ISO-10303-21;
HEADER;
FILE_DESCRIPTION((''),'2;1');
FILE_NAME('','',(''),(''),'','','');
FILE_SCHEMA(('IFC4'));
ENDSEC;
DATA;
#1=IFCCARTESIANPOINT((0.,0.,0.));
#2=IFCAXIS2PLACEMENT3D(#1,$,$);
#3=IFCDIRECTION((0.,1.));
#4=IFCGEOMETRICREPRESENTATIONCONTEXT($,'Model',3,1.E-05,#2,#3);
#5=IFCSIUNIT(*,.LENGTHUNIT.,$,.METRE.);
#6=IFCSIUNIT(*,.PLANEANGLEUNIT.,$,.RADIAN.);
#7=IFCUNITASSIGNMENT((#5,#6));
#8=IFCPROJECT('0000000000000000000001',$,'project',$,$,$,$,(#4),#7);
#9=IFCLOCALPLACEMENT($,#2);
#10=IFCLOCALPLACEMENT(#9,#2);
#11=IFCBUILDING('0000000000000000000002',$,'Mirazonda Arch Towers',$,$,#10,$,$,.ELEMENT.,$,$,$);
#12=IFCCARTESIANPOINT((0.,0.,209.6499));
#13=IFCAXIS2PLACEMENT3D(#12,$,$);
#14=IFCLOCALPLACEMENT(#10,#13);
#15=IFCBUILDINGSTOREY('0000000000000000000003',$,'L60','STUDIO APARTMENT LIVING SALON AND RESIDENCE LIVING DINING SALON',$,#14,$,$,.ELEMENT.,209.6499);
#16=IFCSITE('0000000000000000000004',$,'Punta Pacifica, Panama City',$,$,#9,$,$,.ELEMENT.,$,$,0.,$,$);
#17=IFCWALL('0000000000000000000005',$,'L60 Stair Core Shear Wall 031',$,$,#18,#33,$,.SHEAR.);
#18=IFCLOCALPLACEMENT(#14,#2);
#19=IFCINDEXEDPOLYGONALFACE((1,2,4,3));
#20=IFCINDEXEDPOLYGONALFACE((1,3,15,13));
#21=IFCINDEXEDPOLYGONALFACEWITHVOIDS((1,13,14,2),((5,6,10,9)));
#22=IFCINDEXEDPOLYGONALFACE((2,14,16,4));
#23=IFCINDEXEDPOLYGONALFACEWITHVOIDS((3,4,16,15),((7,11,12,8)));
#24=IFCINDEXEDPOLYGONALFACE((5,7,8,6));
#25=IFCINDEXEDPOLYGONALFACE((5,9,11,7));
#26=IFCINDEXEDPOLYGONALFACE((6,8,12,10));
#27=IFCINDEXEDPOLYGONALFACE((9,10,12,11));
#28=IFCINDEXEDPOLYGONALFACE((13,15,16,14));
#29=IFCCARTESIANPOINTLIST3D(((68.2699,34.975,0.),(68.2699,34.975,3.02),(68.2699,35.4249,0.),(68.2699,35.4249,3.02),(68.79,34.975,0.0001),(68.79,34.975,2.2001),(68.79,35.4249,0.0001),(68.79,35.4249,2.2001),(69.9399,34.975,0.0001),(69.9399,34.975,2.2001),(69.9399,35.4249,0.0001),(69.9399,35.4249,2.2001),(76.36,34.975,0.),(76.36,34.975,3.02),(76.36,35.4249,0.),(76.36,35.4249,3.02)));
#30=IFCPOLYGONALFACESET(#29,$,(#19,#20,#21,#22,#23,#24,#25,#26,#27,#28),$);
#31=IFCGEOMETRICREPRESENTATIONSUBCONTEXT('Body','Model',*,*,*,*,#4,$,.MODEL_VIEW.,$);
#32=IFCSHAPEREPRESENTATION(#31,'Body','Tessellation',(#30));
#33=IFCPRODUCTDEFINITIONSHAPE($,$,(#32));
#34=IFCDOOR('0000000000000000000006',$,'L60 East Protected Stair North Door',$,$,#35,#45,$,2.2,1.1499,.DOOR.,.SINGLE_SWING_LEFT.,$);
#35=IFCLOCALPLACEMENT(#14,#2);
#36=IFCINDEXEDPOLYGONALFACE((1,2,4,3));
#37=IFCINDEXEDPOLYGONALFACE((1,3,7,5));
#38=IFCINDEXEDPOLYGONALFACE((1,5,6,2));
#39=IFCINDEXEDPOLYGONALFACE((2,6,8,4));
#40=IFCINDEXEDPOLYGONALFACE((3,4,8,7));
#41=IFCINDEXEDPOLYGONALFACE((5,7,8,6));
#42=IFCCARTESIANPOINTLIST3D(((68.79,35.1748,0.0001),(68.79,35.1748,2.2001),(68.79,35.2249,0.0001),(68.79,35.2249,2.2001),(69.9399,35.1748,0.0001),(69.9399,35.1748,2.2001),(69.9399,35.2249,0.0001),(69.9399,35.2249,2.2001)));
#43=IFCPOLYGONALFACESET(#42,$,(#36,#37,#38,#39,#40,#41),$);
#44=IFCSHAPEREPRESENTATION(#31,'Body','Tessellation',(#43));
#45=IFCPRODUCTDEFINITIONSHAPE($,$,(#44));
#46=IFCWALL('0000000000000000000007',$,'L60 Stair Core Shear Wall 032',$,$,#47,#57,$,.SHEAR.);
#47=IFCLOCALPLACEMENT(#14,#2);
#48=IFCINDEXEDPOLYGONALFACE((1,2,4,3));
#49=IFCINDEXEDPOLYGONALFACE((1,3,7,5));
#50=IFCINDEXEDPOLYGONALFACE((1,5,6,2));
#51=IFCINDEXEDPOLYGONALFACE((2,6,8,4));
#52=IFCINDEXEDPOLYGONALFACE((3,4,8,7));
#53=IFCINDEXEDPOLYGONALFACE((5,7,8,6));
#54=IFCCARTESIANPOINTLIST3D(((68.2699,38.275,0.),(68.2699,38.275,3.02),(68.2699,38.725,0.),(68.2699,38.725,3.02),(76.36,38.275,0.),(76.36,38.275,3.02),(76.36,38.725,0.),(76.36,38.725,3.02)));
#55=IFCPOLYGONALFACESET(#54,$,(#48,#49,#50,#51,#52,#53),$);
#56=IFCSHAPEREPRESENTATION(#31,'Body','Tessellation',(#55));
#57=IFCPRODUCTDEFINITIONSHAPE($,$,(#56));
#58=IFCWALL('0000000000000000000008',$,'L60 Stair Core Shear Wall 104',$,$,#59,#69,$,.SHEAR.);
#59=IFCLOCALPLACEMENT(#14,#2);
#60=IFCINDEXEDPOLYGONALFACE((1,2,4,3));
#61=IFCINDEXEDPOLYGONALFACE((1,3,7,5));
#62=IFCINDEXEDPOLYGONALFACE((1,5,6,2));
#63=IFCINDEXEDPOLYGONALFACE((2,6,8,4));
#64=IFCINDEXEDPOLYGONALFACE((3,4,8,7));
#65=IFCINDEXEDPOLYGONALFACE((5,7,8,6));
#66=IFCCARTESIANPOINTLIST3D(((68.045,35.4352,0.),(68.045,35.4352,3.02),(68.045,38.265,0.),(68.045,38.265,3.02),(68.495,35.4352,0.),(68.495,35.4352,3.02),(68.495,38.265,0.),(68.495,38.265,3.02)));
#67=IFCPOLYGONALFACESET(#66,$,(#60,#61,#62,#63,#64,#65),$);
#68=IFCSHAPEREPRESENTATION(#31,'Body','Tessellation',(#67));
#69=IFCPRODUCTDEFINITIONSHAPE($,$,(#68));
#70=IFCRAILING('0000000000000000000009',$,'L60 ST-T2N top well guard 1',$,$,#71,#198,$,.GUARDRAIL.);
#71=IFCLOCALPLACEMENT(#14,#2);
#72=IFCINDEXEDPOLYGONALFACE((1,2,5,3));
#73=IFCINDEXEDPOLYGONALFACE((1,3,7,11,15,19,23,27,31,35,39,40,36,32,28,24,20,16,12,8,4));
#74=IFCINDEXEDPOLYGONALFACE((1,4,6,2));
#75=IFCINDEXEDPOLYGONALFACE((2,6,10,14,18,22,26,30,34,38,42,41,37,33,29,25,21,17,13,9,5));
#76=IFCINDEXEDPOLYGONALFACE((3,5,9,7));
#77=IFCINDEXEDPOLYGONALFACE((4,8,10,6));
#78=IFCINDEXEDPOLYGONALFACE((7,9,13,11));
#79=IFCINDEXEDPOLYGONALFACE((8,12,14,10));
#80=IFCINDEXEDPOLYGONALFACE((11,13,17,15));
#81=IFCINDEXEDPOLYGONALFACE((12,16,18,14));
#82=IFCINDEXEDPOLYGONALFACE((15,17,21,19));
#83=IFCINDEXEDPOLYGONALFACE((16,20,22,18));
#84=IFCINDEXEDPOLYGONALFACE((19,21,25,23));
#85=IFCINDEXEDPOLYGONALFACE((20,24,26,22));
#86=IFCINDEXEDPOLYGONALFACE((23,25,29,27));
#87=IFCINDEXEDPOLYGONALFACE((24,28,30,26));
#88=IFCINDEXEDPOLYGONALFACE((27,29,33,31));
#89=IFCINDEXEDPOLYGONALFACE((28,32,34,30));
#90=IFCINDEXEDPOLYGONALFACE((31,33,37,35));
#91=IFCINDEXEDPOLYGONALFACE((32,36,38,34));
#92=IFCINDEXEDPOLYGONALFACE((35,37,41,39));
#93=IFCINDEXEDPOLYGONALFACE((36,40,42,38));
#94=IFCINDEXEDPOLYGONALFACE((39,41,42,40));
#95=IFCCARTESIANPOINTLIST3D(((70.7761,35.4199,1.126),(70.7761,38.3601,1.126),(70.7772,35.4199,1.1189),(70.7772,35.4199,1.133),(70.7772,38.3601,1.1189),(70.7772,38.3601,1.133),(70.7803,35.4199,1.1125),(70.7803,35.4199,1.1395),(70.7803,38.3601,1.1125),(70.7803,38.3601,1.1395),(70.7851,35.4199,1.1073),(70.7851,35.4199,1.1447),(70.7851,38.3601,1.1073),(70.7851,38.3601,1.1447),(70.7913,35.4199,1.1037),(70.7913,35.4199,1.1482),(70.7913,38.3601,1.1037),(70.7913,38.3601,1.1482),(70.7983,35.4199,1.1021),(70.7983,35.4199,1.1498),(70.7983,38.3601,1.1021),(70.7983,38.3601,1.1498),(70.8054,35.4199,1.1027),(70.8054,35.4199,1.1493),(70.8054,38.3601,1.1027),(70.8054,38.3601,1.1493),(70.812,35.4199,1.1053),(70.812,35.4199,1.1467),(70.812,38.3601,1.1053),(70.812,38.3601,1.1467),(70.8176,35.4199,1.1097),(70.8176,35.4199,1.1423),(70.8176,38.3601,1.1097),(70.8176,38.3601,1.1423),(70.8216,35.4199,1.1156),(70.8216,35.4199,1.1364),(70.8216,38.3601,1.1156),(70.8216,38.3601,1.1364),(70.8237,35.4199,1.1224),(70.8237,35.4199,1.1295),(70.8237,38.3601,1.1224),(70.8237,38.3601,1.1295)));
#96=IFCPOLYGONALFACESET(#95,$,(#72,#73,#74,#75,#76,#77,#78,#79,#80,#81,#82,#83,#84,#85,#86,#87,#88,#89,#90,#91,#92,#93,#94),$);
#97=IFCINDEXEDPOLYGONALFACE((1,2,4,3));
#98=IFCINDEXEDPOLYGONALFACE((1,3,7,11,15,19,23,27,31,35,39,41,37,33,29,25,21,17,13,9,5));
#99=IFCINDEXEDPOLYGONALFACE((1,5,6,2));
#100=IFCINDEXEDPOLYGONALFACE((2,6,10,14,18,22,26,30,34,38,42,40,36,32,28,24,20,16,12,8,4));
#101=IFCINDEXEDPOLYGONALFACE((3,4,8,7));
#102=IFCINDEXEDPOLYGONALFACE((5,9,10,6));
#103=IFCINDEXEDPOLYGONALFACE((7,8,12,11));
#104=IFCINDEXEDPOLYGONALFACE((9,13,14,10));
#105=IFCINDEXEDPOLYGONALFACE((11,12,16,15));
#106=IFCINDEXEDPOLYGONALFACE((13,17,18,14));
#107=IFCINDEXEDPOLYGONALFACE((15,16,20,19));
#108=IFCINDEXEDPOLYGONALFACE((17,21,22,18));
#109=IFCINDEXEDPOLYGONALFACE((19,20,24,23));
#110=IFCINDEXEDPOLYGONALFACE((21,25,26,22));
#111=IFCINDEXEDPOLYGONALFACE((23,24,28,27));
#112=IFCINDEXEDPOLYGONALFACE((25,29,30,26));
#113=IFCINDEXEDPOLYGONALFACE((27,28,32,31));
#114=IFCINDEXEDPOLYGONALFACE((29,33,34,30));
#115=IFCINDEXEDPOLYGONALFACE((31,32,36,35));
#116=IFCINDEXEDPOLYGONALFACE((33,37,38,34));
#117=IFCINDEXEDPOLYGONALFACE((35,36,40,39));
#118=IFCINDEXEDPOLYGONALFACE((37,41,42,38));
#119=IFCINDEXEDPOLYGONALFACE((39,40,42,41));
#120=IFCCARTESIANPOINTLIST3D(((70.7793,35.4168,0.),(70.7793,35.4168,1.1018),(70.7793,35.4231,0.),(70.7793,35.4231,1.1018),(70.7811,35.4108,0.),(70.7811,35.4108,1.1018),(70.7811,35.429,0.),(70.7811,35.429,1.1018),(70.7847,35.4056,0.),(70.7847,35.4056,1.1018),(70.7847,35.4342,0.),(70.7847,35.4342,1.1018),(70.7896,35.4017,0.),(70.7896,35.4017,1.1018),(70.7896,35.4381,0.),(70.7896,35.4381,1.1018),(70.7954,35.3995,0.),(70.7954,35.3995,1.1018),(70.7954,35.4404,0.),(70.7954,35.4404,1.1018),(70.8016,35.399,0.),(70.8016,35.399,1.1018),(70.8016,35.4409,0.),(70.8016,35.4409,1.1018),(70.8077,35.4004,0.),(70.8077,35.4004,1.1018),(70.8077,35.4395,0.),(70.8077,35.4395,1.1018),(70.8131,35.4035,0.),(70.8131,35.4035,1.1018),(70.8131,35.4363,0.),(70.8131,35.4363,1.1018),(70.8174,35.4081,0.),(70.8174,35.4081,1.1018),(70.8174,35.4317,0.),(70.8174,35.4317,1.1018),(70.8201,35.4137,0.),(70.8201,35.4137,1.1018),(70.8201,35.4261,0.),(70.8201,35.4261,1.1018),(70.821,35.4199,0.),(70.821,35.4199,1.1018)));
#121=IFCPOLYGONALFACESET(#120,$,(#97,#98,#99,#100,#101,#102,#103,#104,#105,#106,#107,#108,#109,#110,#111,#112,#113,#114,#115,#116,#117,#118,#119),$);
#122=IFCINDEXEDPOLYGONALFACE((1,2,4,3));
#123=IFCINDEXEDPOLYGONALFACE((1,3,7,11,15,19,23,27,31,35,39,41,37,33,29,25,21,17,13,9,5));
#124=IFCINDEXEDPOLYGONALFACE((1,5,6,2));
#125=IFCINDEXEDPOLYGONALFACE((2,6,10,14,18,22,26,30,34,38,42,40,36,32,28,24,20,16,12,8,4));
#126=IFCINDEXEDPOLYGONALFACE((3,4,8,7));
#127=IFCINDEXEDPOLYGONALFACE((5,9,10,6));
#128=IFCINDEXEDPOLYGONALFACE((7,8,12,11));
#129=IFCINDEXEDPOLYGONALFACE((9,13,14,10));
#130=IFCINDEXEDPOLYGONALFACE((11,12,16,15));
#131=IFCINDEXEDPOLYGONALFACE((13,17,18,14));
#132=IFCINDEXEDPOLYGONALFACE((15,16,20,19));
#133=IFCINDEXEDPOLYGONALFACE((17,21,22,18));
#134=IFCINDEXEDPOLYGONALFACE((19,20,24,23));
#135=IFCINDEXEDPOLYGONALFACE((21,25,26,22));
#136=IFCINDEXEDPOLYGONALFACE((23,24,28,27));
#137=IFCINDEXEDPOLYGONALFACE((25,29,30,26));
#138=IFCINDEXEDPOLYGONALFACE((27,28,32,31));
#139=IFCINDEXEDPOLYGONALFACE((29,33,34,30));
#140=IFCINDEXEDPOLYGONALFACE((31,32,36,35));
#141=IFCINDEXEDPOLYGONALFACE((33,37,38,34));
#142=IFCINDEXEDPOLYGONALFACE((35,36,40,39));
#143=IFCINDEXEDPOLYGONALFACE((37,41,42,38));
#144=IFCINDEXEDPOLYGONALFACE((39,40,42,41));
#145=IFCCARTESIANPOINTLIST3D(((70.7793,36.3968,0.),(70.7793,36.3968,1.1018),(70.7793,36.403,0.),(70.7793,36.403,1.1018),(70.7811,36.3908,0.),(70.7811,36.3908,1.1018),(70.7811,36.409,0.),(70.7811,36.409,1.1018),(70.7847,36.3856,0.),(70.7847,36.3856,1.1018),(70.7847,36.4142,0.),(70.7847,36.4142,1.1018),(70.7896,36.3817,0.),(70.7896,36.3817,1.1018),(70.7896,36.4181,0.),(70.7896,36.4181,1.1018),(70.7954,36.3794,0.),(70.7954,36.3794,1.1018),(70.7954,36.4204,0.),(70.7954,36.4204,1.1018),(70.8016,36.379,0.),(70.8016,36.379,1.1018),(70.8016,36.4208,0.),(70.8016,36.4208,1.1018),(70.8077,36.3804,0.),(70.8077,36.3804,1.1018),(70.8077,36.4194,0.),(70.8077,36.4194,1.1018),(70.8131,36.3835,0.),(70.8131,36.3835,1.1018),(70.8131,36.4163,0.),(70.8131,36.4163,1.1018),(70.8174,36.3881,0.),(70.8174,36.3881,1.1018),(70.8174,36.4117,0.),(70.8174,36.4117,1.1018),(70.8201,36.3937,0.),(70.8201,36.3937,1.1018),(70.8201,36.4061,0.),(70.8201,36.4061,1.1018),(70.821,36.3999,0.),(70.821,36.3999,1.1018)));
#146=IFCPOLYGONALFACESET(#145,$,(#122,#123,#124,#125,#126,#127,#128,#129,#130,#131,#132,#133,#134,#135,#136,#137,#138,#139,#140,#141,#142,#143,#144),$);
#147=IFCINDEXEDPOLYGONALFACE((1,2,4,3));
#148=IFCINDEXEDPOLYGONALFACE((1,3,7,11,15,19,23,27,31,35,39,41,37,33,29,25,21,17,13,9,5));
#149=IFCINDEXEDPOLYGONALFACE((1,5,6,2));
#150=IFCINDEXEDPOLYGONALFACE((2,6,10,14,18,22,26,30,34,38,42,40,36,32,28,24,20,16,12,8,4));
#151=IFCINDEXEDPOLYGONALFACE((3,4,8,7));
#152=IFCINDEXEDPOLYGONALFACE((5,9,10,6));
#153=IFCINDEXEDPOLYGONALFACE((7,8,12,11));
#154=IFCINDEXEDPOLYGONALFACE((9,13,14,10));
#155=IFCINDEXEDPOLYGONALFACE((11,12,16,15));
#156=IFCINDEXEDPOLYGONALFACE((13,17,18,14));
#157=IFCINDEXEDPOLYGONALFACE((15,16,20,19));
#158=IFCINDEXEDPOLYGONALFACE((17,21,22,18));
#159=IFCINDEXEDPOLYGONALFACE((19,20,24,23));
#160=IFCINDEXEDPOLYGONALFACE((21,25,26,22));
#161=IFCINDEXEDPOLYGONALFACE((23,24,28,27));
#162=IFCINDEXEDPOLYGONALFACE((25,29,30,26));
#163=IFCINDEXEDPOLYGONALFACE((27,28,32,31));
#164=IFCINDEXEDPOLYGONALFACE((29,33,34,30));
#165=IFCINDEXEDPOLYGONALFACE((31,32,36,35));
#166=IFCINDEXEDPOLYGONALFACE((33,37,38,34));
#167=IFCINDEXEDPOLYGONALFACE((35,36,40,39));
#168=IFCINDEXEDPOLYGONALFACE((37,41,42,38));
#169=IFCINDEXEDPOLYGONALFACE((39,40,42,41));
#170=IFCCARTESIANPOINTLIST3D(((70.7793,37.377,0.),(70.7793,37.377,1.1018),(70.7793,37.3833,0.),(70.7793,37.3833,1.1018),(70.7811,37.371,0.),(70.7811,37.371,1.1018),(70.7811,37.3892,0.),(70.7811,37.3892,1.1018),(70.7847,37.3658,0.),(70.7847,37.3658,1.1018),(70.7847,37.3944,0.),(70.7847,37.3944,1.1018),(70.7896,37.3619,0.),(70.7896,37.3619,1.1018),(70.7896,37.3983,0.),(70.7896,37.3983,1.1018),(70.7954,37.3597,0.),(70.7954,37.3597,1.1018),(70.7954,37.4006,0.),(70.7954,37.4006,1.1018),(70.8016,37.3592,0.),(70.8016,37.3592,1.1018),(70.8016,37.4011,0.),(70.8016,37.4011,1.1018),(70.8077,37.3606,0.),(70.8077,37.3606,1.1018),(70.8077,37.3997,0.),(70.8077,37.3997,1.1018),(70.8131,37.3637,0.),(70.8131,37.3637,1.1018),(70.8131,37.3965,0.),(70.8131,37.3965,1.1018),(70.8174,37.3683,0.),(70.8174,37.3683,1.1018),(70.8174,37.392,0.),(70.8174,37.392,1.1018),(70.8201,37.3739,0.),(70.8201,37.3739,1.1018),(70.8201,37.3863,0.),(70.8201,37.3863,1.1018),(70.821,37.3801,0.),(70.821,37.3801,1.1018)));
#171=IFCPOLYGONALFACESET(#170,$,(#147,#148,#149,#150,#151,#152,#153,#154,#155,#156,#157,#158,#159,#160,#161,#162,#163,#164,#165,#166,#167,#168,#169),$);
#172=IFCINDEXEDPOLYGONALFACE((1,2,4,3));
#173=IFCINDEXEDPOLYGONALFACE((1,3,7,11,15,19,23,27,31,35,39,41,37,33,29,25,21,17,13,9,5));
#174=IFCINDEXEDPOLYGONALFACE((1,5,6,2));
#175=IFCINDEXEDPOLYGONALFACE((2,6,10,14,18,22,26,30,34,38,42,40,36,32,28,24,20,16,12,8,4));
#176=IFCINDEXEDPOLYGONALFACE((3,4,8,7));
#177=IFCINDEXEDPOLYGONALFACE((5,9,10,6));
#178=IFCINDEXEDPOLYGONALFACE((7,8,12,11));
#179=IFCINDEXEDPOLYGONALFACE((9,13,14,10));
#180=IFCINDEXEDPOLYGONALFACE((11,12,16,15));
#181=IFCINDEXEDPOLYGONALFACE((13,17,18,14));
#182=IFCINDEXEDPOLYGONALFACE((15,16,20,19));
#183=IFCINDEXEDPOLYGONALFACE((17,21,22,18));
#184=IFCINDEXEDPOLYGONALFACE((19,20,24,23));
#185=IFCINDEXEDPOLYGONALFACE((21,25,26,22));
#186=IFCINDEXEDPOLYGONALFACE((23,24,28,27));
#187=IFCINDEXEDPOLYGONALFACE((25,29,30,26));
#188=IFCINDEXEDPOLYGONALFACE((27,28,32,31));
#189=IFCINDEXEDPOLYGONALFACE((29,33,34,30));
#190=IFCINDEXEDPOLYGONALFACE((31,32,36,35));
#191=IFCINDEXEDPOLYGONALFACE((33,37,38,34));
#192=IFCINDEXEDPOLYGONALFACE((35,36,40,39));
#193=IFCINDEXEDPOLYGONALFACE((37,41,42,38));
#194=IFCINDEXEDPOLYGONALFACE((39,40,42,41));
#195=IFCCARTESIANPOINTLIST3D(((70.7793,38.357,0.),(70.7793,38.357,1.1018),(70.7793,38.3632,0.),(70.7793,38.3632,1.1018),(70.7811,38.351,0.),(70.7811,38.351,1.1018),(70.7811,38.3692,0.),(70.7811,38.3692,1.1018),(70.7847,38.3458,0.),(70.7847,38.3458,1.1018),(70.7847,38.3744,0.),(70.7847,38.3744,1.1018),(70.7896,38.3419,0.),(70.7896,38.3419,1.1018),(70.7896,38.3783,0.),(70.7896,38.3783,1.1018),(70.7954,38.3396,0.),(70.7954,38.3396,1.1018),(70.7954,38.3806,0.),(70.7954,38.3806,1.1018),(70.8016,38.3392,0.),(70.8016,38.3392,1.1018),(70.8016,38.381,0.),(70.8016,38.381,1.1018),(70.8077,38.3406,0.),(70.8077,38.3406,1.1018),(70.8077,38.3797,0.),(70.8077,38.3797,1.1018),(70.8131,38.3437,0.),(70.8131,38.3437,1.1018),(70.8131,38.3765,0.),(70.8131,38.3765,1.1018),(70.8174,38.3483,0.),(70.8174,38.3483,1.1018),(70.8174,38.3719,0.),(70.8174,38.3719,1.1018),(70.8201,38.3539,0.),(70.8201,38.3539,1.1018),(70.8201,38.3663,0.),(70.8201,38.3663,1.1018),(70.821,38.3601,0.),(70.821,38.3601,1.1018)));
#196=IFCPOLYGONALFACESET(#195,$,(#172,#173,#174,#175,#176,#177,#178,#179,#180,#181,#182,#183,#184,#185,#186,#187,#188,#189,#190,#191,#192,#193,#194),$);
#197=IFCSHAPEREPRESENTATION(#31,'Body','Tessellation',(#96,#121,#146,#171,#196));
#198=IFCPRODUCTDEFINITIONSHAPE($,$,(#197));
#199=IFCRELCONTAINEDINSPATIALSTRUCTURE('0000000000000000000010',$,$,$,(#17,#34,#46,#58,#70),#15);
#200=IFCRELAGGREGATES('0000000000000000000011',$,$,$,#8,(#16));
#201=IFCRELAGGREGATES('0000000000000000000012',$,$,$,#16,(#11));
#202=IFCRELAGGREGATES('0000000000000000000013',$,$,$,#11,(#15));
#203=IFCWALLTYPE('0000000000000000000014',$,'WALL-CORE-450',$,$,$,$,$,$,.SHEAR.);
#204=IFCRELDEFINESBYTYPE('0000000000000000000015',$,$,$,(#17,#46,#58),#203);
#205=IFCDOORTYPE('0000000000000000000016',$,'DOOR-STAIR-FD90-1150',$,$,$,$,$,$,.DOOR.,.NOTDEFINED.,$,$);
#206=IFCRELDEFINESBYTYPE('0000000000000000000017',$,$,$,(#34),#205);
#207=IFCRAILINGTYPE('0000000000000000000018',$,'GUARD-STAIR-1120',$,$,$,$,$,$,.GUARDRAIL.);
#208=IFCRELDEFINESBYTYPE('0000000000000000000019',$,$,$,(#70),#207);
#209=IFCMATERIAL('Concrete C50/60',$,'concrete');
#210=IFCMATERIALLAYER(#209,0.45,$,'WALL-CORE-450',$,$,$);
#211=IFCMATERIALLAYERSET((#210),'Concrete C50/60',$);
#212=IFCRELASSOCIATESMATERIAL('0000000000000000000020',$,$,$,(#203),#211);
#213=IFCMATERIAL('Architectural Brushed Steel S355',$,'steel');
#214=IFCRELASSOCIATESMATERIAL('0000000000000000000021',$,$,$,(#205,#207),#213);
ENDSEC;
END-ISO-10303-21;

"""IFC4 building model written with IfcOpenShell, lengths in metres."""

from ifc_helpers import new_model, si_unit, direction, frame, frame_2d, origin, origin_2d, place, context, subcontext, project, spatial, rectangle, circle, extrude, material, layer, layer_set, type_object, element, fill, save


model = new_model("IFC4")

# Units and contexts
model_context = context("Model", 3, precision=1e-05, world=origin(), true_north=direction((0.0, 1.0)))
body_context = subcontext(model_context, "Body", "Model", "MODEL_VIEW")
ifc_project = project(units=[si_unit("LENGTHUNIT", "METRE"), si_unit("PLANEANGLEUNIT", "RADIAN")], contexts=[model_context])

# Site, building, storey
site_placement = place(None, origin())
site = spatial("IfcSite", under=ifc_project, at=site_placement, Name="Punta Pacifica, Panama City", CompositionType="ELEMENT", RefElevation=0.0)
building_placement = place(site_placement, origin())
building = spatial("IfcBuilding", under=site, at=building_placement, Name="Mirazonda Arch Towers", CompositionType="ELEMENT")
storey_placement = place(building_placement, frame((0.0, 0.0, 209.6499)))
storey = spatial("IfcBuildingStorey", under=building, at=storey_placement, Name="L60", Description="STUDIO APARTMENT LIVING SALON AND RESIDENCE LIVING DINING SALON", CompositionType="ELEMENT", Elevation=209.6499)

# Wall, opening, door
ifc_material_1 = material(Name="Concrete C50/60", Category="concrete")
ifc_layer_1 = layer(ifc_material_1, 0.45, Name="WALL-CORE-450")
ifc_layer_set_1 = layer_set([ifc_layer_1], Name="Concrete C50/60")
wall_type = type_object("IfcWallType", Name="WALL-CORE-450", PredefinedType="SHEAR", material=ifc_layer_set_1)
wall_1_placement = place(storey_placement, frame((68.27, 35.2, 0.0), z_axis=(0.0, 0.0, 1.0), x_axis=(1.0, 0.0, 0.0)))
wall_1 = element("IfcWall", 1, at=wall_1_placement, inside=storey, type_object=wall_type, Name="L60 Stair Core Shear Wall 031", PredefinedType="SHEAR", context=body_context, shape_type="SweptSolid", body=[
    extrude(rectangle(XDim=8.0901, YDim=0.45, at=frame_2d((4.0449, 0.0))), origin(), (0.0, 0.0, 1.0), 3.02),
])
opening_placement = place(wall_1_placement, frame((0.52, 0.0, 0.0)))
opening = element("IfcOpeningElement", 2, at=opening_placement, cuts=wall_1, PredefinedType="OPENING", context=body_context, shape_type="SweptSolid", body=[
    extrude(rectangle(XDim=1.1499, YDim=2.2, at=frame_2d((0.575, 1.1001))), frame((0.0, 0.2349, 0.0), z_axis=(0.0, -1.0, 0.0), x_axis=(1.0, 0.0, 0.0)), (0.0, 0.0, 1.0), 0.47),
])
ifc_material_2 = material(Name="Architectural Brushed Steel S355", Category="steel")
door_type = type_object("IfcDoorType", Name="DOOR-STAIR-FD90-1150", OperationType="NOTDEFINED", PredefinedType="DOOR", material=ifc_material_2)
door_placement = place(opening_placement, origin())
door = element("IfcDoor", 3, at=door_placement, inside=storey, type_object=door_type, Name="L60 East Protected Stair North Door", OperationType="SINGLE_SWING_LEFT", OverallHeight=2.2, OverallWidth=1.1499, PredefinedType="DOOR", context=body_context, shape_type="SweptSolid", body=[
    extrude(rectangle(XDim=1.1499, YDim=2.2, at=frame_2d((0.575, 1.1001))), frame((0.0, 0.0249, 0.0), z_axis=(0.0, -1.0, 0.0), x_axis=(1.0, 0.0, 0.0)), (0.0, 0.0, 1.0), 0.05),
])
fill(opening, door)

# Walls
wall_2_placement = place(storey_placement, frame((68.27, 38.5, 0.0), z_axis=(0.0, 0.0, 1.0), x_axis=(1.0, 0.0, 0.0)))
element("IfcWall", 4, at=wall_2_placement, inside=storey, type_object=wall_type, Name="L60 Stair Core Shear Wall 032", PredefinedType="SHEAR", context=body_context, shape_type="SweptSolid", body=[
    extrude(rectangle(XDim=8.0901, YDim=0.45, at=frame_2d((4.0449, 0.0))), origin(), (0.0, 0.0, 1.0), 3.02),
])
wall_3_placement = place(storey_placement, frame((68.27, 35.4351, 0.0), z_axis=(0.0, 0.0, 1.0), x_axis=(0.0, 1.0, 0.0)))
element("IfcWall", 5, at=wall_3_placement, inside=storey, type_object=wall_type, Name="L60 Stair Core Shear Wall 104", PredefinedType="SHEAR", context=body_context, shape_type="SweptSolid", body=[
    extrude(rectangle(XDim=2.8298, YDim=0.45, at=frame_2d((1.415, 0.0))), origin(), (0.0, 0.0, 1.0), 3.02),
])

# Railing
railing_type = type_object("IfcRailingType", Name="GUARD-STAIR-1120", PredefinedType="GUARDRAIL", material=ifc_material_2)
railing_placement = place(storey_placement, frame((70.8, 35.4199, 0.0)))
element("IfcRailing", 6, at=railing_placement, inside=storey, type_object=railing_type, Name="L60 ST-T2N top well guard 1", PredefinedType="GUARDRAIL", context=body_context, shape_type="SweptSolid", body=[
    extrude(circle(Radius=0.0239, at=origin_2d()), frame((0.0, 0.0, 1.126), z_axis=(0.0, 1.0, 0.0), x_axis=(-1.0, 0.0, 0.0)), (0.0, 0.0, 1.0), 2.9402),
    extrude(circle(Radius=0.021, at=origin_2d()), origin(), (0.0, 0.0, 1.0), 1.1018),
    extrude(circle(Radius=0.021, at=origin_2d()), frame((0.0, 0.98, 0.0)), (0.0, 0.0, 1.0), 1.1018),
    extrude(circle(Radius=0.021, at=origin_2d()), frame((0.0, 1.9602, 0.0)), (0.0, 0.0, 1.0), 1.1018),
    extrude(circle(Radius=0.021, at=origin_2d()), frame((0.0, 2.9402, 0.0)), (0.0, 0.0, 1.0), 1.1018),
])

save(model, "model.ifc")
